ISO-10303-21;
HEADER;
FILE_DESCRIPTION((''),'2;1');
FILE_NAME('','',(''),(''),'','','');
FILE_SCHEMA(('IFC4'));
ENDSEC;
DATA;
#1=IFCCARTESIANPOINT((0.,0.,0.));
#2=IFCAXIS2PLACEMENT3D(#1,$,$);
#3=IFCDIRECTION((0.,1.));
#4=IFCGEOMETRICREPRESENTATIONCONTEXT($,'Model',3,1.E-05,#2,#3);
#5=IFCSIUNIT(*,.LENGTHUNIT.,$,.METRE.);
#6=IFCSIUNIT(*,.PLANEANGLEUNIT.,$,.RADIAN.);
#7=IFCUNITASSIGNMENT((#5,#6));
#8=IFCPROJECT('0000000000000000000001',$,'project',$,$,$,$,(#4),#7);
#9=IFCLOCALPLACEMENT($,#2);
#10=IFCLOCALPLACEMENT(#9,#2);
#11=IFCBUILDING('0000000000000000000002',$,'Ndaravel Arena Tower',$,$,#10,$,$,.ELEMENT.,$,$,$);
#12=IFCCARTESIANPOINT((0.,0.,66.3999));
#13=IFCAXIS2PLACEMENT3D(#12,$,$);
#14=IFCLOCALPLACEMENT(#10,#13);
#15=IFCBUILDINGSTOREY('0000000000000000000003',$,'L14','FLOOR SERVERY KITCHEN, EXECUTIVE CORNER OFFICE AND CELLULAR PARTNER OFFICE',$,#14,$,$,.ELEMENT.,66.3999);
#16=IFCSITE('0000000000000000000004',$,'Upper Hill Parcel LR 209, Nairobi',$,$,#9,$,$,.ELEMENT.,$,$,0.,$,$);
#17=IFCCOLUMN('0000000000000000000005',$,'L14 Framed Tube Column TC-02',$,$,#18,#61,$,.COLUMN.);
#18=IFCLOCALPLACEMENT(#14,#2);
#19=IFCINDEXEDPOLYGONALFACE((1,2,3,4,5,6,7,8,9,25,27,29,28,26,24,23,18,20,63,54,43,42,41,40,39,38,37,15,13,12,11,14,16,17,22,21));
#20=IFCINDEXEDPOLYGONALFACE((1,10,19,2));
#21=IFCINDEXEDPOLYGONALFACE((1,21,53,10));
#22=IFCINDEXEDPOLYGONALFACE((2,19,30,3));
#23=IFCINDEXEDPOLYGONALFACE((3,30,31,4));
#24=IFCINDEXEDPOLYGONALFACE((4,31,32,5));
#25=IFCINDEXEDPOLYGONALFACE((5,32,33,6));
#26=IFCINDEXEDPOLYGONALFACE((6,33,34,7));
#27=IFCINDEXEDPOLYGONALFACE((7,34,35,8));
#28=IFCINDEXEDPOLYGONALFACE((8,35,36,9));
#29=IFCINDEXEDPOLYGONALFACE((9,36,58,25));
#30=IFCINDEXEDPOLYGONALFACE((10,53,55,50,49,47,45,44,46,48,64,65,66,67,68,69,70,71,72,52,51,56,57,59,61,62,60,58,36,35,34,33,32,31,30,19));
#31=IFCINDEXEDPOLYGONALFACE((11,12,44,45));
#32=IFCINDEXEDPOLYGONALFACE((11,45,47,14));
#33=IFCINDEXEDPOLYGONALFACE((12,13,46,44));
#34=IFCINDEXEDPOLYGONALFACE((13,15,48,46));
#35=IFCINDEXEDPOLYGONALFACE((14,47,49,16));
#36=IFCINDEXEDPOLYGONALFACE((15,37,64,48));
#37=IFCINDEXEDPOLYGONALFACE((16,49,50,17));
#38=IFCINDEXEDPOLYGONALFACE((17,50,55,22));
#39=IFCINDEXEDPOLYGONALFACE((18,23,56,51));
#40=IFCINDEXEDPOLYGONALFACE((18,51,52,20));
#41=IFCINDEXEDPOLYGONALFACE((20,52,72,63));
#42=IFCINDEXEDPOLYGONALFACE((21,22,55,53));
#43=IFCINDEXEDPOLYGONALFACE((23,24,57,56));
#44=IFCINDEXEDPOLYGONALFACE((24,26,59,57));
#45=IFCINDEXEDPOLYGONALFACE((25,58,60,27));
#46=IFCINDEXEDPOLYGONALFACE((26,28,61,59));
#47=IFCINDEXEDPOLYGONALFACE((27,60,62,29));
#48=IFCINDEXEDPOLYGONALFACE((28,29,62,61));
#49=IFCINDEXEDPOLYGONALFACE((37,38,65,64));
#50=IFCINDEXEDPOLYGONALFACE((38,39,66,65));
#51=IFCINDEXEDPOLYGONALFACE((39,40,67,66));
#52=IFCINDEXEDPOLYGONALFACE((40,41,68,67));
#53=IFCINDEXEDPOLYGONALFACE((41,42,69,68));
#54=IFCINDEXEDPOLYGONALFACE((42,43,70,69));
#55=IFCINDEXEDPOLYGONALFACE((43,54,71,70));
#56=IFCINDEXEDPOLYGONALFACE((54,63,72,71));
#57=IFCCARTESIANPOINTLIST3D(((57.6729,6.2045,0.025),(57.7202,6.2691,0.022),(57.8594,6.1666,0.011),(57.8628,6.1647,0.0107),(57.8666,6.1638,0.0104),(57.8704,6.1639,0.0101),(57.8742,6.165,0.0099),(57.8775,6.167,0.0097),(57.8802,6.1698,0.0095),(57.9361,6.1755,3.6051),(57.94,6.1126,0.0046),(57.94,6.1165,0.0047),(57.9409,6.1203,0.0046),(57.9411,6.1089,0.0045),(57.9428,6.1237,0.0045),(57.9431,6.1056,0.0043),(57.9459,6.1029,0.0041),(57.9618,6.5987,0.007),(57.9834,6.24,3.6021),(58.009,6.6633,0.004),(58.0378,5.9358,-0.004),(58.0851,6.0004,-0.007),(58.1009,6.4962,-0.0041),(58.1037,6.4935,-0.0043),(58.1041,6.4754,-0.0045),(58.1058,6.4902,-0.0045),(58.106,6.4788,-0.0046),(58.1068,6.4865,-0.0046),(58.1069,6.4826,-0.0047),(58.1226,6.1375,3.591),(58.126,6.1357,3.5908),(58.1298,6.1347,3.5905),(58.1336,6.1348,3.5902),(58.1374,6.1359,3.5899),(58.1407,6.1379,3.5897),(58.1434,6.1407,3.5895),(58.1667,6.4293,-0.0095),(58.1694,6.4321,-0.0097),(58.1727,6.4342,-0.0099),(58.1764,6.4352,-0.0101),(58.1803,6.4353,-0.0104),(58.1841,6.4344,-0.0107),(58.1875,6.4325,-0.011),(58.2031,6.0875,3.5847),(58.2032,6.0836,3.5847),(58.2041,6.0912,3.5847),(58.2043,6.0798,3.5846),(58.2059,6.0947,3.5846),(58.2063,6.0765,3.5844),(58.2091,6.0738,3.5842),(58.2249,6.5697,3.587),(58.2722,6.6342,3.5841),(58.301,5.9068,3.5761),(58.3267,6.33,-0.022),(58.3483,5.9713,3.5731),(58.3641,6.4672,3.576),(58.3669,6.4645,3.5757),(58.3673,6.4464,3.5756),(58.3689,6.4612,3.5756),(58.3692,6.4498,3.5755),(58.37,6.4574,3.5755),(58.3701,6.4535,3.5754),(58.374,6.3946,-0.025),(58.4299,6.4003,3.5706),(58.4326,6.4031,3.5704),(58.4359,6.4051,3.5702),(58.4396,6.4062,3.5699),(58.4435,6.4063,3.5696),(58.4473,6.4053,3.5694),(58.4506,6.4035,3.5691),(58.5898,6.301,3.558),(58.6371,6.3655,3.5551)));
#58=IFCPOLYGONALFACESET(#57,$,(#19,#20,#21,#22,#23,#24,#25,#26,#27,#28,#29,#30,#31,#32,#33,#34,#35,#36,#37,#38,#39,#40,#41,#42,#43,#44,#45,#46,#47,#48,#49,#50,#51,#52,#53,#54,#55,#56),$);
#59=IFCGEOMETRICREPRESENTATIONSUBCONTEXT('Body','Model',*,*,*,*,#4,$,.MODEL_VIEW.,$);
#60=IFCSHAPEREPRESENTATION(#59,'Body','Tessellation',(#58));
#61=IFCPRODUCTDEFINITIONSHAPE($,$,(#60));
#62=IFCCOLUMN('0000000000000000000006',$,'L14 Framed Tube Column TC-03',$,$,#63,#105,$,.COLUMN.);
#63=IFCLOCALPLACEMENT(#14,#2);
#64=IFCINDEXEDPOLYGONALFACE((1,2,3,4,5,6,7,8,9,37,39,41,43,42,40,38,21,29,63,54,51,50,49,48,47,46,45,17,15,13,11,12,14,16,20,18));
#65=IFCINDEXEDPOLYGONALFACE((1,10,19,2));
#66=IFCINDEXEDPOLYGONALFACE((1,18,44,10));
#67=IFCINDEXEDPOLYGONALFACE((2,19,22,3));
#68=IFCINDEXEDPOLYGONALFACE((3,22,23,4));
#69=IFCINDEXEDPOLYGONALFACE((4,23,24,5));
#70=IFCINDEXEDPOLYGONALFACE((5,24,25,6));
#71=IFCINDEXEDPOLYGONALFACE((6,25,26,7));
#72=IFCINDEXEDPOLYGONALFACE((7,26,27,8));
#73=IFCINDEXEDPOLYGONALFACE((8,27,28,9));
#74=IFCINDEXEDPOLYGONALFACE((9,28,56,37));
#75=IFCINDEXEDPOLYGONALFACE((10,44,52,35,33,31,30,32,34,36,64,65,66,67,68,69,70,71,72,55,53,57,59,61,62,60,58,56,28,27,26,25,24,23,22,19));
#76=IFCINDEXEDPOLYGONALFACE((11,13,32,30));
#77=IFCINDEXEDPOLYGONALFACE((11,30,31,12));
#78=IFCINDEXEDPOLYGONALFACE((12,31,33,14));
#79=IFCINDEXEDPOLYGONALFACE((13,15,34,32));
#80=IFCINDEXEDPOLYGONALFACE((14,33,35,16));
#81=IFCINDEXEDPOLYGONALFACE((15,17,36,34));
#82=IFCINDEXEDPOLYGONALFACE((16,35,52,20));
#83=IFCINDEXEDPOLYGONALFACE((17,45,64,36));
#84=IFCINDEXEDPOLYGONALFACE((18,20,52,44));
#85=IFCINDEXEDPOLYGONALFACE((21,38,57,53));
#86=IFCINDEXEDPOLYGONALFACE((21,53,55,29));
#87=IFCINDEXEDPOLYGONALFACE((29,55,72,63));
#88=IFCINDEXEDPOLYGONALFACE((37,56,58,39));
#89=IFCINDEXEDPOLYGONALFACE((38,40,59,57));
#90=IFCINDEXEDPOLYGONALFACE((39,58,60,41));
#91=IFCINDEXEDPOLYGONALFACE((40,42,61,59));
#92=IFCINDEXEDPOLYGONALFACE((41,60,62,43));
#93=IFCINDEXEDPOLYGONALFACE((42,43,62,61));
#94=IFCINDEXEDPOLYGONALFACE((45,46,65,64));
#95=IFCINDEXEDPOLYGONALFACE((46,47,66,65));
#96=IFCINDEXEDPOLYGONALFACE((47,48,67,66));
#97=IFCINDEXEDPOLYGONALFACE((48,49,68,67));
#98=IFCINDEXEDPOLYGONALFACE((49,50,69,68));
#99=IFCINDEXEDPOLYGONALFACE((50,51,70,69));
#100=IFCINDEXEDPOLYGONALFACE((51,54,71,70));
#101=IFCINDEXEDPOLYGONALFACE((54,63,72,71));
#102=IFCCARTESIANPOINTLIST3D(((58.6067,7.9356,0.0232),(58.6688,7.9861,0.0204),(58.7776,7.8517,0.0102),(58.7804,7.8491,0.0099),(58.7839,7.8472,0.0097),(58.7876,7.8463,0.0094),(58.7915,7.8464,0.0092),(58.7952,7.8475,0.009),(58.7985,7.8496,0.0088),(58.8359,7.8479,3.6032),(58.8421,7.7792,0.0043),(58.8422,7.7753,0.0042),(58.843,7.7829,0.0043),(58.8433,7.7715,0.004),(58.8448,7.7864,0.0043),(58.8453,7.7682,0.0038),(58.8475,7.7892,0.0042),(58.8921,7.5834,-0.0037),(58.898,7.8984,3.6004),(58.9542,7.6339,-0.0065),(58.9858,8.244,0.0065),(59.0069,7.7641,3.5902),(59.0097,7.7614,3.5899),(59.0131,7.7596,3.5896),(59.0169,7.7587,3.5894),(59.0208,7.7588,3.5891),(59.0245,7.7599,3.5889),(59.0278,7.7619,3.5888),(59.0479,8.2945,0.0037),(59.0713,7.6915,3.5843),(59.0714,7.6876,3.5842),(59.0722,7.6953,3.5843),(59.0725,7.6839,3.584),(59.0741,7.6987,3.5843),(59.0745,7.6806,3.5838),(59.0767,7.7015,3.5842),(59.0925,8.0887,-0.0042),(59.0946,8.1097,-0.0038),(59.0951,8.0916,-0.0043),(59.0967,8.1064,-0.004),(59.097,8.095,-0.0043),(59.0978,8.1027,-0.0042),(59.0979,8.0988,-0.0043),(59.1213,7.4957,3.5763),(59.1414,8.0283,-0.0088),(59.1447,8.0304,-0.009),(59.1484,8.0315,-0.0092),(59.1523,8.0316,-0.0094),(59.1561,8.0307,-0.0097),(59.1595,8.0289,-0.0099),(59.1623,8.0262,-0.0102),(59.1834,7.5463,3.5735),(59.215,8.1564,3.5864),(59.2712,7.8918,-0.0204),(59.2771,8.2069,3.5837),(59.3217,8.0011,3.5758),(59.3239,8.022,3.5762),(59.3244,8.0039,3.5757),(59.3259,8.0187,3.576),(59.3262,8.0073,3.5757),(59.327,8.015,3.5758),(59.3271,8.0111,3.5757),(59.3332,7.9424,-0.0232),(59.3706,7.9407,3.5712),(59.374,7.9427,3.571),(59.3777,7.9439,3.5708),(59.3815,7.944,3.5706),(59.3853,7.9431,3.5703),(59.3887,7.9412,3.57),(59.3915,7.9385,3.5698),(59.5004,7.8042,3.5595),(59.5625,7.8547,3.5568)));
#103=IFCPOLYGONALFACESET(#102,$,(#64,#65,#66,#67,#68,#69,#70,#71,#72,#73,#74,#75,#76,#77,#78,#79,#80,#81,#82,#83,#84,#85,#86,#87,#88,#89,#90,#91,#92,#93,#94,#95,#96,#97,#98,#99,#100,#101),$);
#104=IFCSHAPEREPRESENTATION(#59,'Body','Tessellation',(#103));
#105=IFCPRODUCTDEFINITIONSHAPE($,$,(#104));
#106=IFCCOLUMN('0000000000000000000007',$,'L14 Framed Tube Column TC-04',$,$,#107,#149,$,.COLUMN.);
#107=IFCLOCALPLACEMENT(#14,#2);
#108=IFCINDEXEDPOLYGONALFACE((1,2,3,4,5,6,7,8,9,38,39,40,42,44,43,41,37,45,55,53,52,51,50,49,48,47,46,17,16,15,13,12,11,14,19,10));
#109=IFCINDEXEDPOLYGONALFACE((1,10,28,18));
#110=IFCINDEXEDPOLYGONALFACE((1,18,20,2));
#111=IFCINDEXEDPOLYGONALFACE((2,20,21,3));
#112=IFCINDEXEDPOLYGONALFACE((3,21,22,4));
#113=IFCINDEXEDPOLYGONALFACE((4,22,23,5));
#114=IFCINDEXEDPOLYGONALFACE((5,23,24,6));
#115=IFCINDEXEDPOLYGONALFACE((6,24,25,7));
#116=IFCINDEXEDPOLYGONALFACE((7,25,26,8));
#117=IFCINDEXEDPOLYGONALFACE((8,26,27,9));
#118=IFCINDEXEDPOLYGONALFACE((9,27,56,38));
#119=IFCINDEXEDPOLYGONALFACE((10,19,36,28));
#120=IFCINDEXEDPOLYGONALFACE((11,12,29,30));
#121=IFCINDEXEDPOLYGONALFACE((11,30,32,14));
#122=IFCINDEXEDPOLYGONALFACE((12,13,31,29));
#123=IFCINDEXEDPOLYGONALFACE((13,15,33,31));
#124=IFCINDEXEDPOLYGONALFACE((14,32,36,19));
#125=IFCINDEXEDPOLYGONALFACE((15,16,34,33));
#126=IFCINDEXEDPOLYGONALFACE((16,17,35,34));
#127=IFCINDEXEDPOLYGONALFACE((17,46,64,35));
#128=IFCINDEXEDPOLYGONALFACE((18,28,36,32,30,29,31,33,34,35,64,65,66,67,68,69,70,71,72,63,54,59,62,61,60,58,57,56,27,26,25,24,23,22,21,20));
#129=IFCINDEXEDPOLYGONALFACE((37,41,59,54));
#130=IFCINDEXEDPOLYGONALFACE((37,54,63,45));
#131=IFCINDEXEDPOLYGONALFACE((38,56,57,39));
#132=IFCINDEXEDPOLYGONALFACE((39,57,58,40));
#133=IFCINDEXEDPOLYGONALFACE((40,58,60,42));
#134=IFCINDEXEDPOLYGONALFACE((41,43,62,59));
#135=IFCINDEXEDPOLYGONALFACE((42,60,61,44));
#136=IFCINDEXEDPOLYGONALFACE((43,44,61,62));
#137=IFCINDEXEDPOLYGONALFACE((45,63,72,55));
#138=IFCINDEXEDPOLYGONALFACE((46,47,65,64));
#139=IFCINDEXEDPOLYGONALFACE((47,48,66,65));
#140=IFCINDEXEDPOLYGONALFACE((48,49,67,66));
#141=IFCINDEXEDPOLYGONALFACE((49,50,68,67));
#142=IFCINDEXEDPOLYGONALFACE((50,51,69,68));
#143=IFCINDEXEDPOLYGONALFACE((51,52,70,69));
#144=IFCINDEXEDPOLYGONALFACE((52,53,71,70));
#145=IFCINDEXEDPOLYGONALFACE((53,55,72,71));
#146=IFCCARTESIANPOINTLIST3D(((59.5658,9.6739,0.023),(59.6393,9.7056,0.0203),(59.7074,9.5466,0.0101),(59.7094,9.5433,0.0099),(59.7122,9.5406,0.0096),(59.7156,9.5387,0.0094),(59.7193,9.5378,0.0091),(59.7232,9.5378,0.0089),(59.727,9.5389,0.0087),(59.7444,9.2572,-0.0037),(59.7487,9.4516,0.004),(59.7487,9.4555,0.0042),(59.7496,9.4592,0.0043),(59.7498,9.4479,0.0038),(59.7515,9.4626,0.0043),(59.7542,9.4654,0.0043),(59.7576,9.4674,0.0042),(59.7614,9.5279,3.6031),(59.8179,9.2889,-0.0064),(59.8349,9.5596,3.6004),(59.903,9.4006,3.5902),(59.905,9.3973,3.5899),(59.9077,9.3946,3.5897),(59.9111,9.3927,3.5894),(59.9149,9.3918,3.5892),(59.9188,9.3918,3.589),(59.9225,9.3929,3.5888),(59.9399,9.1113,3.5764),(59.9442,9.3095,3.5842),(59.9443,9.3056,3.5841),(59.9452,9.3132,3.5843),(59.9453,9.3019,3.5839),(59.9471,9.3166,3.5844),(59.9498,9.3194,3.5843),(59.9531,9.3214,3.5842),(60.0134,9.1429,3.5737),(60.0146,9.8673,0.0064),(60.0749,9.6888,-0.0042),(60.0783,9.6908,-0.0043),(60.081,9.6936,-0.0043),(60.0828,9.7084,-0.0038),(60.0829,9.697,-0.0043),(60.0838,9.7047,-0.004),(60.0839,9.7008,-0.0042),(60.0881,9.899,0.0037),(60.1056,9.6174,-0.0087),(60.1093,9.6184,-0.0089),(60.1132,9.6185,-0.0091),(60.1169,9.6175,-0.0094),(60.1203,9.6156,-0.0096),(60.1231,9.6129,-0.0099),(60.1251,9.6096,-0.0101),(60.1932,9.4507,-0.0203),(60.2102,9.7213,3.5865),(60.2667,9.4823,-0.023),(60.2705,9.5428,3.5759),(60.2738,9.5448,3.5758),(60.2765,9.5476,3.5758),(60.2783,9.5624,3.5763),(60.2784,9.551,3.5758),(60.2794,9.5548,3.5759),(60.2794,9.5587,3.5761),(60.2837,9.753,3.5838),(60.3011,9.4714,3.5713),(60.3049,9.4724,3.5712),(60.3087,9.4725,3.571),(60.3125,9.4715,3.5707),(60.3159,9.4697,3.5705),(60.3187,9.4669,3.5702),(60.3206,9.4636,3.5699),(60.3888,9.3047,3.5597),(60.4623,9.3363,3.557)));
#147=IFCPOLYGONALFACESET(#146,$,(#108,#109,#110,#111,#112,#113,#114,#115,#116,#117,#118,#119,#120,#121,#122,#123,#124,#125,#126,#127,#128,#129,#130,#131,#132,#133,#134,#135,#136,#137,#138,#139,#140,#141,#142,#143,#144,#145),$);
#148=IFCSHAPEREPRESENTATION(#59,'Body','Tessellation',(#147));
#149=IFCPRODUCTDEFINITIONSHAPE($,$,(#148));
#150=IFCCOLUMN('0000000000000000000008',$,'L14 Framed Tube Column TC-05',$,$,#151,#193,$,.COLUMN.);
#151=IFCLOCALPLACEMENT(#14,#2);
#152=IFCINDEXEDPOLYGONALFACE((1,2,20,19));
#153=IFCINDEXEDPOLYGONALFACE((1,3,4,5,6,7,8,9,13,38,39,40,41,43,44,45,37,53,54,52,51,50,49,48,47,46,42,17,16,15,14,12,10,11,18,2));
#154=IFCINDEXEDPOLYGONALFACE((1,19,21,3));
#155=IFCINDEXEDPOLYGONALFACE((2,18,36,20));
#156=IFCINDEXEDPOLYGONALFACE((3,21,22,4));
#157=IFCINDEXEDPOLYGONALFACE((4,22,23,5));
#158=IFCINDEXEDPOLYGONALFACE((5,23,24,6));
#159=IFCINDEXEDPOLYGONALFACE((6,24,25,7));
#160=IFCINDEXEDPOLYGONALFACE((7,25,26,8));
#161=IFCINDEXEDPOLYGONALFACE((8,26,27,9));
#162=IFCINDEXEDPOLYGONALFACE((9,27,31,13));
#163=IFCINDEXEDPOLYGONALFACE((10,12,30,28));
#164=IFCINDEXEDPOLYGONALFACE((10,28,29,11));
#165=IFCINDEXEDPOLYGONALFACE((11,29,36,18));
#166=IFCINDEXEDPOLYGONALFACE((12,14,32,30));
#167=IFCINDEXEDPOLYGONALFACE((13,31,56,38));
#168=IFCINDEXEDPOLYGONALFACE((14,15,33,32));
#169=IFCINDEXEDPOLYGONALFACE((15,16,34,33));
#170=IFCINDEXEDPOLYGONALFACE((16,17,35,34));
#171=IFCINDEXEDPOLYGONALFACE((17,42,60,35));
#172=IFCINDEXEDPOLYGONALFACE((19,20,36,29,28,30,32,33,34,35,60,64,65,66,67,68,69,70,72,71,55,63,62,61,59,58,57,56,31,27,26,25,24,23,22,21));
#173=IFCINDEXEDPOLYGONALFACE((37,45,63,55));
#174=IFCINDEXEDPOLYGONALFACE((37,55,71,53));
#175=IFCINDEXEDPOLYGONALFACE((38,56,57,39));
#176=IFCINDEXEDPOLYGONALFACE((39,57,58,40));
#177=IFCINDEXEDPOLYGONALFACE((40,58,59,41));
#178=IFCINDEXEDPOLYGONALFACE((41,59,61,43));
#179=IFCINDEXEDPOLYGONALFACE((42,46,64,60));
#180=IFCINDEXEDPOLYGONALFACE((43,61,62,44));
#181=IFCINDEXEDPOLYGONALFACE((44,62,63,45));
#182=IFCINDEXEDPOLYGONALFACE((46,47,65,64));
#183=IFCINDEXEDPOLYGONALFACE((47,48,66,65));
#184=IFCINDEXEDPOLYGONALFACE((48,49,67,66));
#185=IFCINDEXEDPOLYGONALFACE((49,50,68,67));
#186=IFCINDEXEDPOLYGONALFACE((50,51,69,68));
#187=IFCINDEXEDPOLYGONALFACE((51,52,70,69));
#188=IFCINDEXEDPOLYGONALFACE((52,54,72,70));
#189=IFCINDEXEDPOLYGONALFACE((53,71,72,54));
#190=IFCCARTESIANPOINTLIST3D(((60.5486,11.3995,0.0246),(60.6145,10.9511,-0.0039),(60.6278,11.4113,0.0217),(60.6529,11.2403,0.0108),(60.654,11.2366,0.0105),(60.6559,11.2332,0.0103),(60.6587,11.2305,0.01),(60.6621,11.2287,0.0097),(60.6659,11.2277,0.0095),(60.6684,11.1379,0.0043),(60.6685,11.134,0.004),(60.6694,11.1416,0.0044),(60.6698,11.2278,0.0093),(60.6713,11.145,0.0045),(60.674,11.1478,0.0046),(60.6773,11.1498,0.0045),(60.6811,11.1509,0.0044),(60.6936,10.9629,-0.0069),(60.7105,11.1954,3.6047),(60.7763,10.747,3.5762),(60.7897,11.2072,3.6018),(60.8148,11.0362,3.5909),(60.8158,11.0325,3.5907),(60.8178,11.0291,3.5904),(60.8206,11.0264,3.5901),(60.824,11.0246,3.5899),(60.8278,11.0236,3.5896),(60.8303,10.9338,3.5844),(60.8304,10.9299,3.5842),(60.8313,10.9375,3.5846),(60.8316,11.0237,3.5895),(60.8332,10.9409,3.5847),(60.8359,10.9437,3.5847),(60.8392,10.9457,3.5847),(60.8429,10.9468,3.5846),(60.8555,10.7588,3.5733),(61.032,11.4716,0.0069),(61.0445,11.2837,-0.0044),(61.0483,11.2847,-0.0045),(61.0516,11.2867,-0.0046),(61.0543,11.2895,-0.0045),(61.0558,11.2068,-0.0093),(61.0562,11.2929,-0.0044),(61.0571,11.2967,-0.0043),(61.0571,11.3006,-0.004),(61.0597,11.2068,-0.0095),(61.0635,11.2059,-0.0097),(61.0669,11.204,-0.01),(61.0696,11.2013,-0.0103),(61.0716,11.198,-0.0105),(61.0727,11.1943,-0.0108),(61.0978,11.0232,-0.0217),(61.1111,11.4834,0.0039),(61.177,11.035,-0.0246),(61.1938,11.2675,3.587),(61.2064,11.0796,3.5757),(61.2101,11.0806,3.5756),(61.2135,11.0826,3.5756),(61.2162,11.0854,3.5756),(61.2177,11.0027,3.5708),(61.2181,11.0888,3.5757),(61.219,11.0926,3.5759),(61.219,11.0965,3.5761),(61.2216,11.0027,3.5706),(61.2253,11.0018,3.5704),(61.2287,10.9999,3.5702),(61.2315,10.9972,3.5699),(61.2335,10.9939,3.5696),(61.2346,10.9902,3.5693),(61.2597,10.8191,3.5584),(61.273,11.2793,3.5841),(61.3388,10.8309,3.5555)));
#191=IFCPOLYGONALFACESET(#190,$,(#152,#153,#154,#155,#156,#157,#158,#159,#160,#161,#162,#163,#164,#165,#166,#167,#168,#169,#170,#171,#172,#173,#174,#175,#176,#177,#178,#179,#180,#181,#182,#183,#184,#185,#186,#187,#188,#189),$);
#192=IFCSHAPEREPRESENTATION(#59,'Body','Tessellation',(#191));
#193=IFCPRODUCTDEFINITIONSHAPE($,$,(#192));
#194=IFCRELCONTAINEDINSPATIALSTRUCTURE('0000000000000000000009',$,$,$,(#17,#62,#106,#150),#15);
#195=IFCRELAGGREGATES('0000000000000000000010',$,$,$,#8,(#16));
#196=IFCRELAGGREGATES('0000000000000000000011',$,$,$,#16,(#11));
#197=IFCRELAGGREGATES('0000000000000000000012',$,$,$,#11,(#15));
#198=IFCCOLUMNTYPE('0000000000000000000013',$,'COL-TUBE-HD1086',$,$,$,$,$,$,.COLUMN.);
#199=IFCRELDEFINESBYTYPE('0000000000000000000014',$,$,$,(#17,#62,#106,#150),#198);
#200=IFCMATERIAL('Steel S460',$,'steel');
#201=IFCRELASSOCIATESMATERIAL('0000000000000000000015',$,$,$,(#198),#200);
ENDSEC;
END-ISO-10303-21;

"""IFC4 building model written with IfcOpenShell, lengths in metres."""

from ifc_helpers import new_model, si_unit, direction, frame, origin, origin_2d, place, context, subcontext, project, spatial, i_section, extrude, material, material_profile, profile_set, type_object, element, save


model = new_model("IFC4")

# Units and contexts
model_context = context("Model", 3, precision=1e-05, world=origin(), true_north=direction((0.0, 1.0)))
body_context = subcontext(model_context, "Body", "Model", "MODEL_VIEW")
ifc_project = project(units=[si_unit("LENGTHUNIT", "METRE"), si_unit("PLANEANGLEUNIT", "RADIAN")], contexts=[model_context])

# Site, building, storey
site_placement = place(None, origin())
site = spatial("IfcSite", under=ifc_project, at=site_placement, Name="Upper Hill Parcel LR 209, Nairobi", CompositionType="ELEMENT", RefElevation=0.0)
building_placement = place(site_placement, origin())
building = spatial("IfcBuilding", under=site, at=building_placement, Name="Ndaravel Arena Tower", CompositionType="ELEMENT")
storey_placement = place(building_placement, frame((0.0, 0.0, 66.3999)))
storey = spatial("IfcBuildingStorey", under=building, at=storey_placement, Name="L14", Description="FLOOR SERVERY KITCHEN, EXECUTIVE CORNER OFFICE AND CELLULAR PARTNER OFFICE", CompositionType="ELEMENT", Elevation=66.3999)

# Columns
ifc_material_1 = material(Name="Steel S460", Category="steel")
ifc_material_profile_1 = material_profile(ifc_material_1, i_section(OverallWidth=0.4541, OverallDepth=0.5691, WebThickness=0.0779, FlangeThickness=0.0801, FilletRadius=0.0149, at=origin_2d()), Name="HD 400x1086")
ifc_profile_set_1 = profile_set([ifc_material_profile_1], Name="Steel S460")
column_type = type_object("IfcColumnType", Name="COL-TUBE-HD1086", PredefinedType="COLUMN", material=ifc_profile_set_1)
column_1_placement = place(storey_placement, frame((58.0234, 6.2996, 0.0), z_axis=(0.073313, -0.008093, 0.997276), x_axis=(-0.80359, 0.591745, 0.063877)))
element("IfcColumn", 1, at=column_1_placement, inside=storey, type_object=column_type, Name="L14 Framed Tube Column TC-02", PredefinedType="COLUMN", context=body_context, shape_type="SweptSolid", body=[
    extrude(i_section(OverallWidth=0.4541, OverallDepth=0.5691, WebThickness=0.0779, FlangeThickness=0.0801, FilletRadius=0.0149, at=origin_2d()), origin(), (0.0, 0.0, 1.0), 3.5898),
])
for number, where, z_axis, x_axis, name in (
    (2, (58.97, 7.939, 0.0), (0.063884, -0.024424, 0.997658), (-0.628471, 0.775575, 0.059231), "L14 Framed Tube Column TC-03"),
    (3, (59.9163, 9.5781, 0.0), (0.054497, -0.040686, 0.997685), (-0.393237, 0.917549, 0.058898), "L14 Framed Tube Column TC-04"),
):
    element("IfcColumn", number, at=place(storey_placement, frame(where, z_axis=z_axis, x_axis=x_axis)), inside=storey, type_object=column_type, Name=name, PredefinedType="COLUMN", context=body_context, shape_type="SweptSolid", body=[
        extrude(i_section(OverallWidth=0.4541, OverallDepth=0.5691, WebThickness=0.0779, FlangeThickness=0.0801, FilletRadius=0.0149, at=origin_2d()), origin(), (0.0, 0.0, 1.0), 3.5884),
    ])
column_2_placement = place(storey_placement, frame((60.8628, 11.2173, 0.0), z_axis=(0.045094, -0.05686, 0.997363), x_axis=(-0.144951, 0.987441, 0.062848)))
element("IfcColumn", 4, at=column_2_placement, inside=storey, type_object=column_type, Name="L14 Framed Tube Column TC-05", PredefinedType="COLUMN", context=body_context, shape_type="SweptSolid", body=[
    extrude(i_section(OverallWidth=0.4541, OverallDepth=0.5691, WebThickness=0.0779, FlangeThickness=0.0801, FilletRadius=0.0149, at=origin_2d()), origin(), (0.0, 0.0, 1.0), 3.5896),
])

save(model, "model.ifc")
